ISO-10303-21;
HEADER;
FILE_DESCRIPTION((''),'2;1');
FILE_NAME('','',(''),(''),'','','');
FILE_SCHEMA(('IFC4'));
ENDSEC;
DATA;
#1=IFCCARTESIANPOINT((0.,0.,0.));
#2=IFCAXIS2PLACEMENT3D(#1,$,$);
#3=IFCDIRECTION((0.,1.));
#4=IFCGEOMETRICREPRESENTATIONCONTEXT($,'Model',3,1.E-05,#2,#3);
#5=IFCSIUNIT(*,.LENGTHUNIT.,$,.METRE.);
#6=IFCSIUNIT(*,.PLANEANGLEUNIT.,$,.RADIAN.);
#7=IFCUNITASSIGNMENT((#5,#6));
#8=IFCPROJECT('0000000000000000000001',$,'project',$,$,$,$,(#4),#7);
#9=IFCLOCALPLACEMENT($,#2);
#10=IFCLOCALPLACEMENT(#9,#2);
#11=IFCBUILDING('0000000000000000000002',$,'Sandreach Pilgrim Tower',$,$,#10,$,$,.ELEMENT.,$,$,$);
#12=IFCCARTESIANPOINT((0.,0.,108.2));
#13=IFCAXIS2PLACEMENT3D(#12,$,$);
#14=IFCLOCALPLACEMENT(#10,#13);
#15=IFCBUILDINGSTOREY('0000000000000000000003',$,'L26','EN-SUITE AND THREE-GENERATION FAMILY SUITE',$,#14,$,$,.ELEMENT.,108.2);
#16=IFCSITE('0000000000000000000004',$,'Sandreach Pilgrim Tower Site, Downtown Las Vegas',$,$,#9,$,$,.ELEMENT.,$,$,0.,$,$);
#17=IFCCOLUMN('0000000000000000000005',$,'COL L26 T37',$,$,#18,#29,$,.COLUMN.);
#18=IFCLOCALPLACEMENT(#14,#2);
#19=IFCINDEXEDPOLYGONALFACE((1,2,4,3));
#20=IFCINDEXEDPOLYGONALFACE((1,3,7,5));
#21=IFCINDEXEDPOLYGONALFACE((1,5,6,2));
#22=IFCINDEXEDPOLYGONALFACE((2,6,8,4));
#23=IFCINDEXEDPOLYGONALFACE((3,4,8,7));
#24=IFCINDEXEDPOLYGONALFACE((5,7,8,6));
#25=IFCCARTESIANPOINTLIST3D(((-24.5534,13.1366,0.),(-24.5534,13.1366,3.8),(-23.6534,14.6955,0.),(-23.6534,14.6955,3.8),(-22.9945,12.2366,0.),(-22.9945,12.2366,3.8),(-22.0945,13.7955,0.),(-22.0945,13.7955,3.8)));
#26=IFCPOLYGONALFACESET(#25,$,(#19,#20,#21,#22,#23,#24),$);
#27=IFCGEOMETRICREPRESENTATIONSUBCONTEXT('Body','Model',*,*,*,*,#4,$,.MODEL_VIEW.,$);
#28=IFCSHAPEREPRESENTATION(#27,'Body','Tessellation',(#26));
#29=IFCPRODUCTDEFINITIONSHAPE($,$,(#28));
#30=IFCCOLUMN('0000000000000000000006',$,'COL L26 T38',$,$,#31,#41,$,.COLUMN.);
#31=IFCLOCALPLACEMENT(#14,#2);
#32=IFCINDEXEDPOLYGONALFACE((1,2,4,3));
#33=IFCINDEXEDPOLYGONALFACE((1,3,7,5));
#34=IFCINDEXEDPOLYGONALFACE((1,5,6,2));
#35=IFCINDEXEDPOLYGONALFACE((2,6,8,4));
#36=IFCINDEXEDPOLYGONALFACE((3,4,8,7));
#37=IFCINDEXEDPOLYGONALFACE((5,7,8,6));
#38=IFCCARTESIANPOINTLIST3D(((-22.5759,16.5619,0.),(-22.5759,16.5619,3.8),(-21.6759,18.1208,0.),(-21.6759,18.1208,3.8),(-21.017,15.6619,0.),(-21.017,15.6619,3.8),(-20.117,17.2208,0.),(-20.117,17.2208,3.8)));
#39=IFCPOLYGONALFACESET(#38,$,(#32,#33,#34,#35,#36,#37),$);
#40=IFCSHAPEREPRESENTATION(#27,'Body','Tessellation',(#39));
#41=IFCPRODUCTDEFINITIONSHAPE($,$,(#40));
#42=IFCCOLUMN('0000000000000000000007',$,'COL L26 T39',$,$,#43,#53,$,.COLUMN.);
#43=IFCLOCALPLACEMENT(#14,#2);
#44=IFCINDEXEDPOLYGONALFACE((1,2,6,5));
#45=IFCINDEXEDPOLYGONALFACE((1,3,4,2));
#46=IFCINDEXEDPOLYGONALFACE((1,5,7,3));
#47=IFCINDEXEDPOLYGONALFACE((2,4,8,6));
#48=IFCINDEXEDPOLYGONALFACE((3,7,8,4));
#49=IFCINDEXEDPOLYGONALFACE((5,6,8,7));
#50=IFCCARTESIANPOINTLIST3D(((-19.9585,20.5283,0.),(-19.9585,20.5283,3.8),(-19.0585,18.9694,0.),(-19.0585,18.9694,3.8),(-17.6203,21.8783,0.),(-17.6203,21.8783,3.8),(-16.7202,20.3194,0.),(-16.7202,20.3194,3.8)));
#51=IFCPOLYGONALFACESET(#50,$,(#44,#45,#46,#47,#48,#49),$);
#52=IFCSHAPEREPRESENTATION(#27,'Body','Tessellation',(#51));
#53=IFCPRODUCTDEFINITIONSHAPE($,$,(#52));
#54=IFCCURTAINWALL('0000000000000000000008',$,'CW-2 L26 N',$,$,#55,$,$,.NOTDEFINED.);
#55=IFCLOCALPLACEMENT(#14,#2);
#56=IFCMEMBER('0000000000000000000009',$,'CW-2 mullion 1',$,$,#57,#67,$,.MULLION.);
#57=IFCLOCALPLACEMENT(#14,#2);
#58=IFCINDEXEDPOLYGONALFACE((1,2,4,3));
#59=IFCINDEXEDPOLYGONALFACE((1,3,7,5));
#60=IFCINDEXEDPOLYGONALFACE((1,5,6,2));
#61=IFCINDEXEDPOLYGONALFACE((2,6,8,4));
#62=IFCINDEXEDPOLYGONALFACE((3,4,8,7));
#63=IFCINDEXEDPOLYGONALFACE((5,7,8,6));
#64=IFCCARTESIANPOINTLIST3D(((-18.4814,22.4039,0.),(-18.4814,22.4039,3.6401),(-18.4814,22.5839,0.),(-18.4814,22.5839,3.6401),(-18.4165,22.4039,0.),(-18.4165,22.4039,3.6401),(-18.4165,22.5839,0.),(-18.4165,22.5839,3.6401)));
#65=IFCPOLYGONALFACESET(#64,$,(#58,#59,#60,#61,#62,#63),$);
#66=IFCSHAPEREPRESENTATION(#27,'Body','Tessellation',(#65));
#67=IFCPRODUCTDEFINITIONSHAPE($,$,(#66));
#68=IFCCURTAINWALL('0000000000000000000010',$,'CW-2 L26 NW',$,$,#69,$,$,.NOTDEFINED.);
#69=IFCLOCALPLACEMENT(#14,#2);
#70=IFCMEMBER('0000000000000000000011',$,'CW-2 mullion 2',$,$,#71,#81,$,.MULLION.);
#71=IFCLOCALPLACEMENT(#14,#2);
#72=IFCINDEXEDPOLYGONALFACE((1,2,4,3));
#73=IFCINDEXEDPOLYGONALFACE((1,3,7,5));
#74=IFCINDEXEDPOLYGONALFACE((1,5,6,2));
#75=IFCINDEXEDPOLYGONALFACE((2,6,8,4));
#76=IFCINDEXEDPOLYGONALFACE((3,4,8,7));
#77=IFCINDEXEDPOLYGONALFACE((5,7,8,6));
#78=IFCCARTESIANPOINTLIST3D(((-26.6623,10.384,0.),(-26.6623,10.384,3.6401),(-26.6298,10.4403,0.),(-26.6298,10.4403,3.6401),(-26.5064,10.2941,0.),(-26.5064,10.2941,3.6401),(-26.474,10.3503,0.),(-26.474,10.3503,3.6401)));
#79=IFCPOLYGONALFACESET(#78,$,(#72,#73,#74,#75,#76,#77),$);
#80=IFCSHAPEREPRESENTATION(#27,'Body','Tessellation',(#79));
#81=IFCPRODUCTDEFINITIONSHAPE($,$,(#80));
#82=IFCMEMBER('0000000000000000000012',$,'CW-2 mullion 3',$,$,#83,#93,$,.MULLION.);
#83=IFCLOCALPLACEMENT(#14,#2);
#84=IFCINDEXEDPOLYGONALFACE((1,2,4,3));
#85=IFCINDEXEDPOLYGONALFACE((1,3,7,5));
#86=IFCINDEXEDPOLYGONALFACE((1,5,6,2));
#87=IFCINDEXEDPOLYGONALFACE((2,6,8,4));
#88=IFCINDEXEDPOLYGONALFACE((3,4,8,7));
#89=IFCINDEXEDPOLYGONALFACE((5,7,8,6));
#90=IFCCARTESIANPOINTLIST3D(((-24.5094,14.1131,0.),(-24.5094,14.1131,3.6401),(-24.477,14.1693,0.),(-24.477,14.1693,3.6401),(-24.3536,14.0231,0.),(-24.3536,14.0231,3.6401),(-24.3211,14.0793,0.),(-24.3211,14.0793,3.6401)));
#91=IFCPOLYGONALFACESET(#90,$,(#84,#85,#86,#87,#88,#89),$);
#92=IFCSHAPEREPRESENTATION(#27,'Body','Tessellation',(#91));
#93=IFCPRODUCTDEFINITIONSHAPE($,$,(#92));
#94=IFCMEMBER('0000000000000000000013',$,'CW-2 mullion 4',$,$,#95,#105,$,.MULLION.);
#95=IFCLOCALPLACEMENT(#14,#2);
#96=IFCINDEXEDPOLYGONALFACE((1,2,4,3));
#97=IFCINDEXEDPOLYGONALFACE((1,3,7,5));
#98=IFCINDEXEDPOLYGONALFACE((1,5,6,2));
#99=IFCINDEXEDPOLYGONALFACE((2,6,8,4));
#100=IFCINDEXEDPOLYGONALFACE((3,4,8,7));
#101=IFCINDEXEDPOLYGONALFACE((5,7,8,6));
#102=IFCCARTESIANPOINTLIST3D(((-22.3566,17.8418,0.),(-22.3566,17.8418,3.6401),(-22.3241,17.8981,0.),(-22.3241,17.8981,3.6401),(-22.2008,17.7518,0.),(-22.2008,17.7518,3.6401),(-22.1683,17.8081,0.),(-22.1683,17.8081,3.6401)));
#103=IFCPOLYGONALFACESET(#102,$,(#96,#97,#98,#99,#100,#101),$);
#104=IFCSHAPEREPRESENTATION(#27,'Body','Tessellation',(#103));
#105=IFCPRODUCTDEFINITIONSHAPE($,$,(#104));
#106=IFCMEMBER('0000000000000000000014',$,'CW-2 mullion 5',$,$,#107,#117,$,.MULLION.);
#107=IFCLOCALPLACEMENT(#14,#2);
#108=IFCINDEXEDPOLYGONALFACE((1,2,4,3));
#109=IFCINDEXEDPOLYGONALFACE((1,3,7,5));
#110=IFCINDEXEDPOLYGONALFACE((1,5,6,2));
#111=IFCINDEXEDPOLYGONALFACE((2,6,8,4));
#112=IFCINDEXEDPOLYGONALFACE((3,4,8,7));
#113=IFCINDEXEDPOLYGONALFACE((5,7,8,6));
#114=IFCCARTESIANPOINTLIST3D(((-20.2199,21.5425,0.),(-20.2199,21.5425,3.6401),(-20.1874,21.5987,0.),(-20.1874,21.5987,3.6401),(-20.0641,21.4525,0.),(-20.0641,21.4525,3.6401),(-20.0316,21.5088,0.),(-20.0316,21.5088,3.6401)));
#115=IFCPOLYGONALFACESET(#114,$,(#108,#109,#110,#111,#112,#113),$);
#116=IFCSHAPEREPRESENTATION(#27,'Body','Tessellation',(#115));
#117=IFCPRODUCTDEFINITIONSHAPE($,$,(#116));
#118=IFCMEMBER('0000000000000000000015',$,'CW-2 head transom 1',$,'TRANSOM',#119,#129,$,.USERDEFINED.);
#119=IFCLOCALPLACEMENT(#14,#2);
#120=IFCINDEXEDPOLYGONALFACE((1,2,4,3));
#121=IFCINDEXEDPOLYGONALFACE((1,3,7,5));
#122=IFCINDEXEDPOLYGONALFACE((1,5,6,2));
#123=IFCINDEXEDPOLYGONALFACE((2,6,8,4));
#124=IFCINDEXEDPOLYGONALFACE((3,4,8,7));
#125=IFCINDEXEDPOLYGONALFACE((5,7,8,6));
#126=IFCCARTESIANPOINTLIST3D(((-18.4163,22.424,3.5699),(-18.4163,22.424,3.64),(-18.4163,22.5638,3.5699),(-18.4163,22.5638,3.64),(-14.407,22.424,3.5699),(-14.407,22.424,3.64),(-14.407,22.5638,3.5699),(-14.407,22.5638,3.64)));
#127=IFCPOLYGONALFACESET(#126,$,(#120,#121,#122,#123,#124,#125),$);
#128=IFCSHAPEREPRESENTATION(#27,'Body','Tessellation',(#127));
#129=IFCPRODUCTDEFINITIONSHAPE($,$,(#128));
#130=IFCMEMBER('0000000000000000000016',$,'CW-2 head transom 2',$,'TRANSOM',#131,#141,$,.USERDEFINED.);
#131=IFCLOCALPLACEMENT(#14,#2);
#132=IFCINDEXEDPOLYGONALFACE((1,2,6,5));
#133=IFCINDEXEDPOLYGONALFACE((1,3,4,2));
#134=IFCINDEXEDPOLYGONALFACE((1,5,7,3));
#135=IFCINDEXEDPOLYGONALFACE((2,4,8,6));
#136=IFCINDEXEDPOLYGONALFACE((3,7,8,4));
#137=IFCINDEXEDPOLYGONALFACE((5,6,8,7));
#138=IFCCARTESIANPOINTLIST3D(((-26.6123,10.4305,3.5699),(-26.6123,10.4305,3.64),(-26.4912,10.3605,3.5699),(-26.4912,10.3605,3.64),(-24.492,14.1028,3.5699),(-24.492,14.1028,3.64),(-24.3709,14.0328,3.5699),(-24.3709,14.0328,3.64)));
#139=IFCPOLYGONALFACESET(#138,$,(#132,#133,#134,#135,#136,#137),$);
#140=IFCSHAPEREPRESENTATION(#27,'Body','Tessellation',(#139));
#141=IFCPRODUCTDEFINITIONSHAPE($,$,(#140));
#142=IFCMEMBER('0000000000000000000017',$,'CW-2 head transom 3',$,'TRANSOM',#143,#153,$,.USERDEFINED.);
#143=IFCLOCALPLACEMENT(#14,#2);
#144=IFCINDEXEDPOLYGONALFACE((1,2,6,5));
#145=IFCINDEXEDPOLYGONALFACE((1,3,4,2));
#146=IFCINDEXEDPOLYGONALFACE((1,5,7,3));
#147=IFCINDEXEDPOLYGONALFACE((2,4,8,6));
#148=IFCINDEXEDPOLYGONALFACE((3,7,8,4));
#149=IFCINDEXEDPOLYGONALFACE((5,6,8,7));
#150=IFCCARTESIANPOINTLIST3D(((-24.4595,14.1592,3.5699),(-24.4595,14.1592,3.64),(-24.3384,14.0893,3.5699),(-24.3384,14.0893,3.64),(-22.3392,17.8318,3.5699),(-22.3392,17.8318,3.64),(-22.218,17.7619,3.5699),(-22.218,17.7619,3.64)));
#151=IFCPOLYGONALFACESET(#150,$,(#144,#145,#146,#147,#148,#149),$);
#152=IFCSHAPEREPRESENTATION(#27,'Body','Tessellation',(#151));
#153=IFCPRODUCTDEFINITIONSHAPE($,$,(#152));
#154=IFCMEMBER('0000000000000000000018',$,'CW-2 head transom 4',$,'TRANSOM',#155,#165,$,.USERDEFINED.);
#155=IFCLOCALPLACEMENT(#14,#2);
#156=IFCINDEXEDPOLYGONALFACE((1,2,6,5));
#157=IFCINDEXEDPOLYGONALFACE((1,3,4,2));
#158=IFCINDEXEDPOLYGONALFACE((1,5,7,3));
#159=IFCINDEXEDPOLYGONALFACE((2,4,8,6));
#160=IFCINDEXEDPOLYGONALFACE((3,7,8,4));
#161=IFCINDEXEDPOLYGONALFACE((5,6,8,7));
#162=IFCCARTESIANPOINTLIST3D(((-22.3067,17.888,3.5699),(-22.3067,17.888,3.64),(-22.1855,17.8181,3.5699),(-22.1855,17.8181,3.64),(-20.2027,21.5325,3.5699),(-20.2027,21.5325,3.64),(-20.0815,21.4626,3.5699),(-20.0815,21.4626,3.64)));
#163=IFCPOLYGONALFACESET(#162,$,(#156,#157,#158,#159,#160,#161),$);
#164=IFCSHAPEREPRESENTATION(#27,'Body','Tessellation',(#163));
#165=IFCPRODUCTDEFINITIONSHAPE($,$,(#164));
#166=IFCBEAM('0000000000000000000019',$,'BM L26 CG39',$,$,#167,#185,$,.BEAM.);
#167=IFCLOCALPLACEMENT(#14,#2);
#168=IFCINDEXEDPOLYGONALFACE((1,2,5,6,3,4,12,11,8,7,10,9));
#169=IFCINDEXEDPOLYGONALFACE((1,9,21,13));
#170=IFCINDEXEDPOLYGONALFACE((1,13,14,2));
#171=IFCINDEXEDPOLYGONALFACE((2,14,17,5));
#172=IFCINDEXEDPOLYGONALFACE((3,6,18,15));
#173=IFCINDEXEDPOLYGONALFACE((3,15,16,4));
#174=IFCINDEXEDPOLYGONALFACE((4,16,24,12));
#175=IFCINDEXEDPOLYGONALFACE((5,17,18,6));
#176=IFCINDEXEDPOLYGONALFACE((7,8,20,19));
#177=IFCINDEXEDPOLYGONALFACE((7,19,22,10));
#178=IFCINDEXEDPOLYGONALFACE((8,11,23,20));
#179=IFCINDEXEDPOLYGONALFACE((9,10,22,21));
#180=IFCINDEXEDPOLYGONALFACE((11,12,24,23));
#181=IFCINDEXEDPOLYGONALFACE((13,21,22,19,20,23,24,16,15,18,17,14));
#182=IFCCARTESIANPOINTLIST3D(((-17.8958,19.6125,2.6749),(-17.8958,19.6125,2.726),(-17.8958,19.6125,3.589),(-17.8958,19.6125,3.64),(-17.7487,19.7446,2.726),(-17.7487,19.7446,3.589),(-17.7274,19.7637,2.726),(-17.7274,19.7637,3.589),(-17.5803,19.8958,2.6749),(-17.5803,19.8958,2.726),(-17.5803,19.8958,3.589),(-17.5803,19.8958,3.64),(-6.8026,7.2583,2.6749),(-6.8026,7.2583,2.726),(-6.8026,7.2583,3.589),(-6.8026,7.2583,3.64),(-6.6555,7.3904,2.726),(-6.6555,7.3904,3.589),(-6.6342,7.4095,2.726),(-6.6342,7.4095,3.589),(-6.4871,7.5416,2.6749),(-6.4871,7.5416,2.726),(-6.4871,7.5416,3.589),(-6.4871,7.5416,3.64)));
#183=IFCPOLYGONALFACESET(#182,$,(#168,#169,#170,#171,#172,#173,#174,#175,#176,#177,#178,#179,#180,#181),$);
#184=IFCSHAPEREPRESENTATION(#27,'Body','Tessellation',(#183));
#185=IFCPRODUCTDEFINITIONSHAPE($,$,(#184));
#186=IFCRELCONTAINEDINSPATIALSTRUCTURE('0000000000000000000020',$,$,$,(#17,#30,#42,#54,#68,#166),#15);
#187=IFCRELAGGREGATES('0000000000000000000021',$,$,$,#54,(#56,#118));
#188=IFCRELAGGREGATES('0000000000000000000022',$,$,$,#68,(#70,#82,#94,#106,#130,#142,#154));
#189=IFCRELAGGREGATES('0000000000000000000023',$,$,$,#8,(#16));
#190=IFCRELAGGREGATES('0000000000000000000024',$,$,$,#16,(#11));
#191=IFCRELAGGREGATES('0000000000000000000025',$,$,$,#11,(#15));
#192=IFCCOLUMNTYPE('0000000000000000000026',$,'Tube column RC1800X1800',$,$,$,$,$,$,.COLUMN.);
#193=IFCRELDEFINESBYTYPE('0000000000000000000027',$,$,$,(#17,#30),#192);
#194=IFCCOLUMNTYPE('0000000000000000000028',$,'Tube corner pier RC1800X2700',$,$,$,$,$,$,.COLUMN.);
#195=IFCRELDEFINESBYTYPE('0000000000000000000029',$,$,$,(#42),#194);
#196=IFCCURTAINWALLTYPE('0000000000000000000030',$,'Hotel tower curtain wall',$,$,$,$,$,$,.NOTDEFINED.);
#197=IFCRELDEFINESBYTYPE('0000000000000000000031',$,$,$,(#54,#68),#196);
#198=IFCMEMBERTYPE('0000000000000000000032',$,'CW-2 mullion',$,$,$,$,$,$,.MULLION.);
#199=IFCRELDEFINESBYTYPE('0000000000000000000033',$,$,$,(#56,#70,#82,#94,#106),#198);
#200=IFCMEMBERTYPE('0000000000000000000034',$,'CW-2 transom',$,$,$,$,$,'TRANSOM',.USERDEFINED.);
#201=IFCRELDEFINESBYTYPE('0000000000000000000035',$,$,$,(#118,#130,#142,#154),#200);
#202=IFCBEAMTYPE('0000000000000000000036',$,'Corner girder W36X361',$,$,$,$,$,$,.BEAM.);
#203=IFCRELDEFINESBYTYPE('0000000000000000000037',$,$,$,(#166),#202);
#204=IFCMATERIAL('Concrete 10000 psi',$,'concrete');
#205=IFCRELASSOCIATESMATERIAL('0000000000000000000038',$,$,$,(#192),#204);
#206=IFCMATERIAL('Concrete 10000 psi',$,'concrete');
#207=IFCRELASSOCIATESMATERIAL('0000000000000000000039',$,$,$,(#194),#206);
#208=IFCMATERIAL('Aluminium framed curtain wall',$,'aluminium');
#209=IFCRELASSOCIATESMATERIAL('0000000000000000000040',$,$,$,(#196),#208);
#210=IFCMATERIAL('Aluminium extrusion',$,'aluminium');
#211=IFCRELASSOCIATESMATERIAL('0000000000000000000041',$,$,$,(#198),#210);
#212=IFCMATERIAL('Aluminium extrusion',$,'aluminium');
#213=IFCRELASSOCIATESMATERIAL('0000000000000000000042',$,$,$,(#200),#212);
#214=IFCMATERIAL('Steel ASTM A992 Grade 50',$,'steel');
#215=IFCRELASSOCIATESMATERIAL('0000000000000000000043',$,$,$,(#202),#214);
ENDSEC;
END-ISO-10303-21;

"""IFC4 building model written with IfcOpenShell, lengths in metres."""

from ifc_helpers import new_model, si_unit, direction, frame, origin, origin_2d, place, context, subcontext, project, spatial, rectangle, i_section, extrude, material, material_profile, profile_set, type_object, element, aggregate, save


model = new_model("IFC4")

# Units and contexts
model_context = context("Model", 3, precision=1e-05, world=origin(), true_north=direction((0.0, 1.0)))
body_context = subcontext(model_context, "Body", "Model", "MODEL_VIEW")
ifc_project = project(units=[si_unit("LENGTHUNIT", "METRE"), si_unit("PLANEANGLEUNIT", "RADIAN")], contexts=[model_context])

# Site, building, storey
site_placement = place(None, origin())
site = spatial("IfcSite", under=ifc_project, at=site_placement, Name="Sandreach Pilgrim Tower Site, Downtown Las Vegas", CompositionType="ELEMENT", RefElevation=0.0)
building_placement = place(site_placement, origin())
building = spatial("IfcBuilding", under=site, at=building_placement, Name="Sandreach Pilgrim Tower", CompositionType="ELEMENT")
storey_placement = place(building_placement, frame((0.0, 0.0, 108.2)))
storey = spatial("IfcBuildingStorey", under=building, at=storey_placement, Name="L26", Description="EN-SUITE AND THREE-GENERATION FAMILY SUITE", CompositionType="ELEMENT", Elevation=108.2)

# Columns
ifc_material_1 = material(Name="Concrete 10000 psi", Category="concrete")
ifc_material_profile_1 = material_profile(ifc_material_1, rectangle(XDim=1.8, YDim=1.8, at=origin_2d()), Name="RC1800X1800")
ifc_profile_set_1 = profile_set([ifc_material_profile_1], Name="Concrete 10000 psi")
column_type_1 = type_object("IfcColumnType", Name="Tube column RC1800X1800", PredefinedType="COLUMN", material=ifc_profile_set_1)
for number, where, z_axis, x_axis, name in (
    (1, (-23.324, 13.4661, 0.0), (0.0, 0.0, 1.0), (-0.866025, 0.5, 0.0), "COL L26 T37"),
    (2, (-21.3464, 16.8914, 0.0), (0.0, 0.0, 1.0), (-0.866025, 0.5, 0.0), "COL L26 T38"),
):
    element("IfcColumn", number, at=place(storey_placement, frame(where, z_axis=z_axis, x_axis=x_axis)), inside=storey, type_object=column_type_1, Name=name, PredefinedType="COLUMN", context=body_context, shape_type="SweptSolid", body=[
        extrude(rectangle(XDim=1.8, YDim=1.8, at=origin_2d()), origin(), (0.0, 0.0, 1.0), 3.8),
    ])
ifc_material_2 = material(Name="Concrete 10000 psi", Category="concrete")
ifc_material_profile_2 = material_profile(ifc_material_2, rectangle(XDim=1.8, YDim=2.7, at=origin_2d()), Name="RC1800X2700")
ifc_profile_set_2 = profile_set([ifc_material_profile_2], Name="Concrete 10000 psi")
column_type_2 = type_object("IfcColumnType", Name="Tube corner pier RC1800X2700", PredefinedType="COLUMN", material=ifc_profile_set_2)
column_placement = place(storey_placement, frame((-18.3394, 20.4238, 0.0), z_axis=(0.0, 0.0, 1.0), x_axis=(-0.5, 0.866025, 0.0)))
element("IfcColumn", 3, at=column_placement, inside=storey, type_object=column_type_2, Name="COL L26 T39", PredefinedType="COLUMN", context=body_context, shape_type="SweptSolid", body=[
    extrude(rectangle(XDim=1.8, YDim=2.7, at=origin_2d()), origin(), (0.0, 0.0, 1.0), 3.8),
])

# Curtain wall, member
ifc_material_3 = material(Name="Aluminium framed curtain wall", Category="aluminium")
curtain_wall_type = type_object("IfcCurtainWallType", Name="Hotel tower curtain wall", PredefinedType="NOTDEFINED", material=ifc_material_3)
curtain_wall_1_placement = place(storey_placement, origin())
curtain_wall_1 = element("IfcCurtainWall", 4, at=curtain_wall_1_placement, inside=storey, type_object=curtain_wall_type, Name="CW-2 L26 N", PredefinedType="NOTDEFINED")
ifc_material_4 = material(Name="Aluminium extrusion", Category="aluminium")
ifc_material_profile_3 = material_profile(ifc_material_4, rectangle(XDim=0.0649, YDim=0.1799, at=origin_2d()), Name="CW-2M 65X180")
ifc_profile_set_3 = profile_set([ifc_material_profile_3], Name="Aluminium extrusion")
member_type_1 = type_object("IfcMemberType", Name="CW-2 mullion", PredefinedType="MULLION", material=ifc_profile_set_3)
member_1_placement = place(storey_placement, frame((-18.449, 22.4939, 0.0), z_axis=(0.0, 0.0, 1.0), x_axis=(1.0, 0.0, 0.0)))
member_1 = element("IfcMember", 5, at=member_1_placement, type_object=member_type_1, Name="CW-2 mullion 1", PredefinedType="MULLION", context=body_context, shape_type="SweptSolid", body=[
    extrude(rectangle(XDim=0.0649, YDim=0.1799, at=origin_2d()), origin(), (0.0, 0.0, 1.0), 3.6401),
])

# Curtain wall, members
curtain_wall_2_placement = place(storey_placement, origin())
curtain_wall_2 = element("IfcCurtainWall", 6, at=curtain_wall_2_placement, inside=storey, type_object=curtain_wall_type, Name="CW-2 L26 NW", PredefinedType="NOTDEFINED")
member_2_placement = place(storey_placement, frame((-26.5681, 10.3672, 0.0), z_axis=(0.0, 0.0, 1.0), x_axis=(0.5, 0.866025, 0.0)))
member_2 = element("IfcMember", 7, at=member_2_placement, type_object=member_type_1, Name="CW-2 mullion 2", PredefinedType="MULLION", context=body_context, shape_type="SweptSolid", body=[
    extrude(rectangle(XDim=0.0649, YDim=0.1799, at=origin_2d()), origin(), (0.0, 0.0, 1.0), 3.6401),
])
member_3_placement = place(storey_placement, frame((-24.4153, 14.0962, 0.0), z_axis=(0.0, 0.0, 1.0), x_axis=(0.5, 0.866025, 0.0)))
member_3 = element("IfcMember", 8, at=member_3_placement, type_object=member_type_1, Name="CW-2 mullion 3", PredefinedType="MULLION", context=body_context, shape_type="SweptSolid", body=[
    extrude(rectangle(XDim=0.0649, YDim=0.1799, at=origin_2d()), origin(), (0.0, 0.0, 1.0), 3.6401),
])
member_4_placement = place(storey_placement, frame((-22.2625, 17.825, 0.0), z_axis=(0.0, 0.0, 1.0), x_axis=(0.5, 0.866025, 0.0)))
member_4 = element("IfcMember", 9, at=member_4_placement, type_object=member_type_1, Name="CW-2 mullion 4", PredefinedType="MULLION", context=body_context, shape_type="SweptSolid", body=[
    extrude(rectangle(XDim=0.0649, YDim=0.1799, at=origin_2d()), origin(), (0.0, 0.0, 1.0), 3.6401),
])
member_5_placement = place(storey_placement, frame((-20.1257, 21.5256, 0.0), z_axis=(0.0, 0.0, 1.0), x_axis=(0.5, 0.866025, 0.0)))
member_5 = element("IfcMember", 10, at=member_5_placement, type_object=member_type_1, Name="CW-2 mullion 5", PredefinedType="MULLION", context=body_context, shape_type="SweptSolid", body=[
    extrude(rectangle(XDim=0.0649, YDim=0.1799, at=origin_2d()), origin(), (0.0, 0.0, 1.0), 3.6401),
])

# Members
ifc_material_5 = material(Name="Aluminium extrusion", Category="aluminium")
ifc_material_profile_4 = material_profile(ifc_material_5, rectangle(XDim=0.1399, YDim=0.0701, at=origin_2d()), Name="CW-2T 140X70")
ifc_profile_set_4 = profile_set([ifc_material_profile_4], Name="Aluminium extrusion")
member_type_2 = type_object("IfcMemberType", Name="CW-2 transom", ElementType="TRANSOM", PredefinedType="USERDEFINED", material=ifc_profile_set_4)
member_6_placement = place(storey_placement, frame((-18.4163, 22.4939, 3.605), z_axis=(1.0, 0.0, 0.0), x_axis=(0.0, 1.0, 0.0)))
member_6 = element("IfcMember", 11, at=member_6_placement, type_object=member_type_2, Name="CW-2 head transom 1", ObjectType="TRANSOM", PredefinedType="USERDEFINED", context=body_context, shape_type="SweptSolid", body=[
    extrude(rectangle(XDim=0.1399, YDim=0.0701, at=origin_2d()), origin(), (0.0, 0.0, 1.0), 4.0093),
])
member_7_placement = place(storey_placement, frame((-26.5518, 10.3955, 3.605), z_axis=(0.500021, 0.866013, 0.0), x_axis=(-0.866013, 0.500021, 0.0)))
member_7 = element("IfcMember", 12, at=member_7_placement, type_object=member_type_2, Name="CW-2 head transom 2", ObjectType="TRANSOM", PredefinedType="USERDEFINED", context=body_context, shape_type="SweptSolid", body=[
    extrude(rectangle(XDim=0.1399, YDim=0.0701, at=origin_2d()), origin(), (0.0, 0.0, 1.0), 4.2405),
])
member_8_placement = place(storey_placement, frame((-24.3989, 14.1243, 3.605), z_axis=(0.499997, 0.866027, 0.0), x_axis=(-0.866027, 0.499997, 0.0)))
member_8 = element("IfcMember", 13, at=member_8_placement, type_object=member_type_2, Name="CW-2 head transom 3", ObjectType="TRANSOM", PredefinedType="USERDEFINED", context=body_context, shape_type="SweptSolid", body=[
    extrude(rectangle(XDim=0.1399, YDim=0.0701, at=origin_2d()), origin(), (0.0, 0.0, 1.0), 4.2407),
])
member_9_placement = place(storey_placement, frame((-22.2461, 17.853, 3.605), z_axis=(0.49997, 0.866043, 0.0), x_axis=(-0.866043, 0.49997, 0.0)))
member_9 = element("IfcMember", 14, at=member_9_placement, type_object=member_type_2, Name="CW-2 head transom 4", ObjectType="TRANSOM", PredefinedType="USERDEFINED", context=body_context, shape_type="SweptSolid", body=[
    extrude(rectangle(XDim=0.1399, YDim=0.0701, at=origin_2d()), origin(), (0.0, 0.0, 1.0), 4.2083),
])

# Beam
ifc_material_6 = material(Name="Steel ASTM A992 Grade 50", Category="steel")
ifc_material_profile_5 = material_profile(ifc_material_6, i_section(OverallWidth=0.4241, OverallDepth=0.9651, WebThickness=0.0286, FlangeThickness=0.051, at=origin_2d()), Name="W36X361")
ifc_profile_set_5 = profile_set([ifc_material_profile_5], Name="Steel ASTM A992 Grade 50")
beam_type_1 = type_object("IfcBeamType", Name="Corner girder W36X361", PredefinedType="BEAM", material=ifc_profile_set_5)
beam_1_placement = place(storey_placement, frame((-17.738, 19.7542, 3.1575), z_axis=(0.668114, -0.744059, 0.0), x_axis=(0.744059, 0.668114, 0.0)))
element("IfcBeam", 15, at=beam_1_placement, inside=storey, type_object=beam_type_1, Name="BM L26 CG39", PredefinedType="BEAM", context=body_context, shape_type="SweptSolid", body=[
    extrude(i_section(OverallWidth=0.4241, OverallDepth=0.9651, WebThickness=0.0286, FlangeThickness=0.051, at=origin_2d()), origin(), (0.0, 0.0, 1.0), 16.6038),
])

aggregate(curtain_wall_1, [member_1, member_6])
aggregate(curtain_wall_2, [member_2, member_3, member_4, member_5, member_7, member_8, member_9])

save(model, "model.ifc")
